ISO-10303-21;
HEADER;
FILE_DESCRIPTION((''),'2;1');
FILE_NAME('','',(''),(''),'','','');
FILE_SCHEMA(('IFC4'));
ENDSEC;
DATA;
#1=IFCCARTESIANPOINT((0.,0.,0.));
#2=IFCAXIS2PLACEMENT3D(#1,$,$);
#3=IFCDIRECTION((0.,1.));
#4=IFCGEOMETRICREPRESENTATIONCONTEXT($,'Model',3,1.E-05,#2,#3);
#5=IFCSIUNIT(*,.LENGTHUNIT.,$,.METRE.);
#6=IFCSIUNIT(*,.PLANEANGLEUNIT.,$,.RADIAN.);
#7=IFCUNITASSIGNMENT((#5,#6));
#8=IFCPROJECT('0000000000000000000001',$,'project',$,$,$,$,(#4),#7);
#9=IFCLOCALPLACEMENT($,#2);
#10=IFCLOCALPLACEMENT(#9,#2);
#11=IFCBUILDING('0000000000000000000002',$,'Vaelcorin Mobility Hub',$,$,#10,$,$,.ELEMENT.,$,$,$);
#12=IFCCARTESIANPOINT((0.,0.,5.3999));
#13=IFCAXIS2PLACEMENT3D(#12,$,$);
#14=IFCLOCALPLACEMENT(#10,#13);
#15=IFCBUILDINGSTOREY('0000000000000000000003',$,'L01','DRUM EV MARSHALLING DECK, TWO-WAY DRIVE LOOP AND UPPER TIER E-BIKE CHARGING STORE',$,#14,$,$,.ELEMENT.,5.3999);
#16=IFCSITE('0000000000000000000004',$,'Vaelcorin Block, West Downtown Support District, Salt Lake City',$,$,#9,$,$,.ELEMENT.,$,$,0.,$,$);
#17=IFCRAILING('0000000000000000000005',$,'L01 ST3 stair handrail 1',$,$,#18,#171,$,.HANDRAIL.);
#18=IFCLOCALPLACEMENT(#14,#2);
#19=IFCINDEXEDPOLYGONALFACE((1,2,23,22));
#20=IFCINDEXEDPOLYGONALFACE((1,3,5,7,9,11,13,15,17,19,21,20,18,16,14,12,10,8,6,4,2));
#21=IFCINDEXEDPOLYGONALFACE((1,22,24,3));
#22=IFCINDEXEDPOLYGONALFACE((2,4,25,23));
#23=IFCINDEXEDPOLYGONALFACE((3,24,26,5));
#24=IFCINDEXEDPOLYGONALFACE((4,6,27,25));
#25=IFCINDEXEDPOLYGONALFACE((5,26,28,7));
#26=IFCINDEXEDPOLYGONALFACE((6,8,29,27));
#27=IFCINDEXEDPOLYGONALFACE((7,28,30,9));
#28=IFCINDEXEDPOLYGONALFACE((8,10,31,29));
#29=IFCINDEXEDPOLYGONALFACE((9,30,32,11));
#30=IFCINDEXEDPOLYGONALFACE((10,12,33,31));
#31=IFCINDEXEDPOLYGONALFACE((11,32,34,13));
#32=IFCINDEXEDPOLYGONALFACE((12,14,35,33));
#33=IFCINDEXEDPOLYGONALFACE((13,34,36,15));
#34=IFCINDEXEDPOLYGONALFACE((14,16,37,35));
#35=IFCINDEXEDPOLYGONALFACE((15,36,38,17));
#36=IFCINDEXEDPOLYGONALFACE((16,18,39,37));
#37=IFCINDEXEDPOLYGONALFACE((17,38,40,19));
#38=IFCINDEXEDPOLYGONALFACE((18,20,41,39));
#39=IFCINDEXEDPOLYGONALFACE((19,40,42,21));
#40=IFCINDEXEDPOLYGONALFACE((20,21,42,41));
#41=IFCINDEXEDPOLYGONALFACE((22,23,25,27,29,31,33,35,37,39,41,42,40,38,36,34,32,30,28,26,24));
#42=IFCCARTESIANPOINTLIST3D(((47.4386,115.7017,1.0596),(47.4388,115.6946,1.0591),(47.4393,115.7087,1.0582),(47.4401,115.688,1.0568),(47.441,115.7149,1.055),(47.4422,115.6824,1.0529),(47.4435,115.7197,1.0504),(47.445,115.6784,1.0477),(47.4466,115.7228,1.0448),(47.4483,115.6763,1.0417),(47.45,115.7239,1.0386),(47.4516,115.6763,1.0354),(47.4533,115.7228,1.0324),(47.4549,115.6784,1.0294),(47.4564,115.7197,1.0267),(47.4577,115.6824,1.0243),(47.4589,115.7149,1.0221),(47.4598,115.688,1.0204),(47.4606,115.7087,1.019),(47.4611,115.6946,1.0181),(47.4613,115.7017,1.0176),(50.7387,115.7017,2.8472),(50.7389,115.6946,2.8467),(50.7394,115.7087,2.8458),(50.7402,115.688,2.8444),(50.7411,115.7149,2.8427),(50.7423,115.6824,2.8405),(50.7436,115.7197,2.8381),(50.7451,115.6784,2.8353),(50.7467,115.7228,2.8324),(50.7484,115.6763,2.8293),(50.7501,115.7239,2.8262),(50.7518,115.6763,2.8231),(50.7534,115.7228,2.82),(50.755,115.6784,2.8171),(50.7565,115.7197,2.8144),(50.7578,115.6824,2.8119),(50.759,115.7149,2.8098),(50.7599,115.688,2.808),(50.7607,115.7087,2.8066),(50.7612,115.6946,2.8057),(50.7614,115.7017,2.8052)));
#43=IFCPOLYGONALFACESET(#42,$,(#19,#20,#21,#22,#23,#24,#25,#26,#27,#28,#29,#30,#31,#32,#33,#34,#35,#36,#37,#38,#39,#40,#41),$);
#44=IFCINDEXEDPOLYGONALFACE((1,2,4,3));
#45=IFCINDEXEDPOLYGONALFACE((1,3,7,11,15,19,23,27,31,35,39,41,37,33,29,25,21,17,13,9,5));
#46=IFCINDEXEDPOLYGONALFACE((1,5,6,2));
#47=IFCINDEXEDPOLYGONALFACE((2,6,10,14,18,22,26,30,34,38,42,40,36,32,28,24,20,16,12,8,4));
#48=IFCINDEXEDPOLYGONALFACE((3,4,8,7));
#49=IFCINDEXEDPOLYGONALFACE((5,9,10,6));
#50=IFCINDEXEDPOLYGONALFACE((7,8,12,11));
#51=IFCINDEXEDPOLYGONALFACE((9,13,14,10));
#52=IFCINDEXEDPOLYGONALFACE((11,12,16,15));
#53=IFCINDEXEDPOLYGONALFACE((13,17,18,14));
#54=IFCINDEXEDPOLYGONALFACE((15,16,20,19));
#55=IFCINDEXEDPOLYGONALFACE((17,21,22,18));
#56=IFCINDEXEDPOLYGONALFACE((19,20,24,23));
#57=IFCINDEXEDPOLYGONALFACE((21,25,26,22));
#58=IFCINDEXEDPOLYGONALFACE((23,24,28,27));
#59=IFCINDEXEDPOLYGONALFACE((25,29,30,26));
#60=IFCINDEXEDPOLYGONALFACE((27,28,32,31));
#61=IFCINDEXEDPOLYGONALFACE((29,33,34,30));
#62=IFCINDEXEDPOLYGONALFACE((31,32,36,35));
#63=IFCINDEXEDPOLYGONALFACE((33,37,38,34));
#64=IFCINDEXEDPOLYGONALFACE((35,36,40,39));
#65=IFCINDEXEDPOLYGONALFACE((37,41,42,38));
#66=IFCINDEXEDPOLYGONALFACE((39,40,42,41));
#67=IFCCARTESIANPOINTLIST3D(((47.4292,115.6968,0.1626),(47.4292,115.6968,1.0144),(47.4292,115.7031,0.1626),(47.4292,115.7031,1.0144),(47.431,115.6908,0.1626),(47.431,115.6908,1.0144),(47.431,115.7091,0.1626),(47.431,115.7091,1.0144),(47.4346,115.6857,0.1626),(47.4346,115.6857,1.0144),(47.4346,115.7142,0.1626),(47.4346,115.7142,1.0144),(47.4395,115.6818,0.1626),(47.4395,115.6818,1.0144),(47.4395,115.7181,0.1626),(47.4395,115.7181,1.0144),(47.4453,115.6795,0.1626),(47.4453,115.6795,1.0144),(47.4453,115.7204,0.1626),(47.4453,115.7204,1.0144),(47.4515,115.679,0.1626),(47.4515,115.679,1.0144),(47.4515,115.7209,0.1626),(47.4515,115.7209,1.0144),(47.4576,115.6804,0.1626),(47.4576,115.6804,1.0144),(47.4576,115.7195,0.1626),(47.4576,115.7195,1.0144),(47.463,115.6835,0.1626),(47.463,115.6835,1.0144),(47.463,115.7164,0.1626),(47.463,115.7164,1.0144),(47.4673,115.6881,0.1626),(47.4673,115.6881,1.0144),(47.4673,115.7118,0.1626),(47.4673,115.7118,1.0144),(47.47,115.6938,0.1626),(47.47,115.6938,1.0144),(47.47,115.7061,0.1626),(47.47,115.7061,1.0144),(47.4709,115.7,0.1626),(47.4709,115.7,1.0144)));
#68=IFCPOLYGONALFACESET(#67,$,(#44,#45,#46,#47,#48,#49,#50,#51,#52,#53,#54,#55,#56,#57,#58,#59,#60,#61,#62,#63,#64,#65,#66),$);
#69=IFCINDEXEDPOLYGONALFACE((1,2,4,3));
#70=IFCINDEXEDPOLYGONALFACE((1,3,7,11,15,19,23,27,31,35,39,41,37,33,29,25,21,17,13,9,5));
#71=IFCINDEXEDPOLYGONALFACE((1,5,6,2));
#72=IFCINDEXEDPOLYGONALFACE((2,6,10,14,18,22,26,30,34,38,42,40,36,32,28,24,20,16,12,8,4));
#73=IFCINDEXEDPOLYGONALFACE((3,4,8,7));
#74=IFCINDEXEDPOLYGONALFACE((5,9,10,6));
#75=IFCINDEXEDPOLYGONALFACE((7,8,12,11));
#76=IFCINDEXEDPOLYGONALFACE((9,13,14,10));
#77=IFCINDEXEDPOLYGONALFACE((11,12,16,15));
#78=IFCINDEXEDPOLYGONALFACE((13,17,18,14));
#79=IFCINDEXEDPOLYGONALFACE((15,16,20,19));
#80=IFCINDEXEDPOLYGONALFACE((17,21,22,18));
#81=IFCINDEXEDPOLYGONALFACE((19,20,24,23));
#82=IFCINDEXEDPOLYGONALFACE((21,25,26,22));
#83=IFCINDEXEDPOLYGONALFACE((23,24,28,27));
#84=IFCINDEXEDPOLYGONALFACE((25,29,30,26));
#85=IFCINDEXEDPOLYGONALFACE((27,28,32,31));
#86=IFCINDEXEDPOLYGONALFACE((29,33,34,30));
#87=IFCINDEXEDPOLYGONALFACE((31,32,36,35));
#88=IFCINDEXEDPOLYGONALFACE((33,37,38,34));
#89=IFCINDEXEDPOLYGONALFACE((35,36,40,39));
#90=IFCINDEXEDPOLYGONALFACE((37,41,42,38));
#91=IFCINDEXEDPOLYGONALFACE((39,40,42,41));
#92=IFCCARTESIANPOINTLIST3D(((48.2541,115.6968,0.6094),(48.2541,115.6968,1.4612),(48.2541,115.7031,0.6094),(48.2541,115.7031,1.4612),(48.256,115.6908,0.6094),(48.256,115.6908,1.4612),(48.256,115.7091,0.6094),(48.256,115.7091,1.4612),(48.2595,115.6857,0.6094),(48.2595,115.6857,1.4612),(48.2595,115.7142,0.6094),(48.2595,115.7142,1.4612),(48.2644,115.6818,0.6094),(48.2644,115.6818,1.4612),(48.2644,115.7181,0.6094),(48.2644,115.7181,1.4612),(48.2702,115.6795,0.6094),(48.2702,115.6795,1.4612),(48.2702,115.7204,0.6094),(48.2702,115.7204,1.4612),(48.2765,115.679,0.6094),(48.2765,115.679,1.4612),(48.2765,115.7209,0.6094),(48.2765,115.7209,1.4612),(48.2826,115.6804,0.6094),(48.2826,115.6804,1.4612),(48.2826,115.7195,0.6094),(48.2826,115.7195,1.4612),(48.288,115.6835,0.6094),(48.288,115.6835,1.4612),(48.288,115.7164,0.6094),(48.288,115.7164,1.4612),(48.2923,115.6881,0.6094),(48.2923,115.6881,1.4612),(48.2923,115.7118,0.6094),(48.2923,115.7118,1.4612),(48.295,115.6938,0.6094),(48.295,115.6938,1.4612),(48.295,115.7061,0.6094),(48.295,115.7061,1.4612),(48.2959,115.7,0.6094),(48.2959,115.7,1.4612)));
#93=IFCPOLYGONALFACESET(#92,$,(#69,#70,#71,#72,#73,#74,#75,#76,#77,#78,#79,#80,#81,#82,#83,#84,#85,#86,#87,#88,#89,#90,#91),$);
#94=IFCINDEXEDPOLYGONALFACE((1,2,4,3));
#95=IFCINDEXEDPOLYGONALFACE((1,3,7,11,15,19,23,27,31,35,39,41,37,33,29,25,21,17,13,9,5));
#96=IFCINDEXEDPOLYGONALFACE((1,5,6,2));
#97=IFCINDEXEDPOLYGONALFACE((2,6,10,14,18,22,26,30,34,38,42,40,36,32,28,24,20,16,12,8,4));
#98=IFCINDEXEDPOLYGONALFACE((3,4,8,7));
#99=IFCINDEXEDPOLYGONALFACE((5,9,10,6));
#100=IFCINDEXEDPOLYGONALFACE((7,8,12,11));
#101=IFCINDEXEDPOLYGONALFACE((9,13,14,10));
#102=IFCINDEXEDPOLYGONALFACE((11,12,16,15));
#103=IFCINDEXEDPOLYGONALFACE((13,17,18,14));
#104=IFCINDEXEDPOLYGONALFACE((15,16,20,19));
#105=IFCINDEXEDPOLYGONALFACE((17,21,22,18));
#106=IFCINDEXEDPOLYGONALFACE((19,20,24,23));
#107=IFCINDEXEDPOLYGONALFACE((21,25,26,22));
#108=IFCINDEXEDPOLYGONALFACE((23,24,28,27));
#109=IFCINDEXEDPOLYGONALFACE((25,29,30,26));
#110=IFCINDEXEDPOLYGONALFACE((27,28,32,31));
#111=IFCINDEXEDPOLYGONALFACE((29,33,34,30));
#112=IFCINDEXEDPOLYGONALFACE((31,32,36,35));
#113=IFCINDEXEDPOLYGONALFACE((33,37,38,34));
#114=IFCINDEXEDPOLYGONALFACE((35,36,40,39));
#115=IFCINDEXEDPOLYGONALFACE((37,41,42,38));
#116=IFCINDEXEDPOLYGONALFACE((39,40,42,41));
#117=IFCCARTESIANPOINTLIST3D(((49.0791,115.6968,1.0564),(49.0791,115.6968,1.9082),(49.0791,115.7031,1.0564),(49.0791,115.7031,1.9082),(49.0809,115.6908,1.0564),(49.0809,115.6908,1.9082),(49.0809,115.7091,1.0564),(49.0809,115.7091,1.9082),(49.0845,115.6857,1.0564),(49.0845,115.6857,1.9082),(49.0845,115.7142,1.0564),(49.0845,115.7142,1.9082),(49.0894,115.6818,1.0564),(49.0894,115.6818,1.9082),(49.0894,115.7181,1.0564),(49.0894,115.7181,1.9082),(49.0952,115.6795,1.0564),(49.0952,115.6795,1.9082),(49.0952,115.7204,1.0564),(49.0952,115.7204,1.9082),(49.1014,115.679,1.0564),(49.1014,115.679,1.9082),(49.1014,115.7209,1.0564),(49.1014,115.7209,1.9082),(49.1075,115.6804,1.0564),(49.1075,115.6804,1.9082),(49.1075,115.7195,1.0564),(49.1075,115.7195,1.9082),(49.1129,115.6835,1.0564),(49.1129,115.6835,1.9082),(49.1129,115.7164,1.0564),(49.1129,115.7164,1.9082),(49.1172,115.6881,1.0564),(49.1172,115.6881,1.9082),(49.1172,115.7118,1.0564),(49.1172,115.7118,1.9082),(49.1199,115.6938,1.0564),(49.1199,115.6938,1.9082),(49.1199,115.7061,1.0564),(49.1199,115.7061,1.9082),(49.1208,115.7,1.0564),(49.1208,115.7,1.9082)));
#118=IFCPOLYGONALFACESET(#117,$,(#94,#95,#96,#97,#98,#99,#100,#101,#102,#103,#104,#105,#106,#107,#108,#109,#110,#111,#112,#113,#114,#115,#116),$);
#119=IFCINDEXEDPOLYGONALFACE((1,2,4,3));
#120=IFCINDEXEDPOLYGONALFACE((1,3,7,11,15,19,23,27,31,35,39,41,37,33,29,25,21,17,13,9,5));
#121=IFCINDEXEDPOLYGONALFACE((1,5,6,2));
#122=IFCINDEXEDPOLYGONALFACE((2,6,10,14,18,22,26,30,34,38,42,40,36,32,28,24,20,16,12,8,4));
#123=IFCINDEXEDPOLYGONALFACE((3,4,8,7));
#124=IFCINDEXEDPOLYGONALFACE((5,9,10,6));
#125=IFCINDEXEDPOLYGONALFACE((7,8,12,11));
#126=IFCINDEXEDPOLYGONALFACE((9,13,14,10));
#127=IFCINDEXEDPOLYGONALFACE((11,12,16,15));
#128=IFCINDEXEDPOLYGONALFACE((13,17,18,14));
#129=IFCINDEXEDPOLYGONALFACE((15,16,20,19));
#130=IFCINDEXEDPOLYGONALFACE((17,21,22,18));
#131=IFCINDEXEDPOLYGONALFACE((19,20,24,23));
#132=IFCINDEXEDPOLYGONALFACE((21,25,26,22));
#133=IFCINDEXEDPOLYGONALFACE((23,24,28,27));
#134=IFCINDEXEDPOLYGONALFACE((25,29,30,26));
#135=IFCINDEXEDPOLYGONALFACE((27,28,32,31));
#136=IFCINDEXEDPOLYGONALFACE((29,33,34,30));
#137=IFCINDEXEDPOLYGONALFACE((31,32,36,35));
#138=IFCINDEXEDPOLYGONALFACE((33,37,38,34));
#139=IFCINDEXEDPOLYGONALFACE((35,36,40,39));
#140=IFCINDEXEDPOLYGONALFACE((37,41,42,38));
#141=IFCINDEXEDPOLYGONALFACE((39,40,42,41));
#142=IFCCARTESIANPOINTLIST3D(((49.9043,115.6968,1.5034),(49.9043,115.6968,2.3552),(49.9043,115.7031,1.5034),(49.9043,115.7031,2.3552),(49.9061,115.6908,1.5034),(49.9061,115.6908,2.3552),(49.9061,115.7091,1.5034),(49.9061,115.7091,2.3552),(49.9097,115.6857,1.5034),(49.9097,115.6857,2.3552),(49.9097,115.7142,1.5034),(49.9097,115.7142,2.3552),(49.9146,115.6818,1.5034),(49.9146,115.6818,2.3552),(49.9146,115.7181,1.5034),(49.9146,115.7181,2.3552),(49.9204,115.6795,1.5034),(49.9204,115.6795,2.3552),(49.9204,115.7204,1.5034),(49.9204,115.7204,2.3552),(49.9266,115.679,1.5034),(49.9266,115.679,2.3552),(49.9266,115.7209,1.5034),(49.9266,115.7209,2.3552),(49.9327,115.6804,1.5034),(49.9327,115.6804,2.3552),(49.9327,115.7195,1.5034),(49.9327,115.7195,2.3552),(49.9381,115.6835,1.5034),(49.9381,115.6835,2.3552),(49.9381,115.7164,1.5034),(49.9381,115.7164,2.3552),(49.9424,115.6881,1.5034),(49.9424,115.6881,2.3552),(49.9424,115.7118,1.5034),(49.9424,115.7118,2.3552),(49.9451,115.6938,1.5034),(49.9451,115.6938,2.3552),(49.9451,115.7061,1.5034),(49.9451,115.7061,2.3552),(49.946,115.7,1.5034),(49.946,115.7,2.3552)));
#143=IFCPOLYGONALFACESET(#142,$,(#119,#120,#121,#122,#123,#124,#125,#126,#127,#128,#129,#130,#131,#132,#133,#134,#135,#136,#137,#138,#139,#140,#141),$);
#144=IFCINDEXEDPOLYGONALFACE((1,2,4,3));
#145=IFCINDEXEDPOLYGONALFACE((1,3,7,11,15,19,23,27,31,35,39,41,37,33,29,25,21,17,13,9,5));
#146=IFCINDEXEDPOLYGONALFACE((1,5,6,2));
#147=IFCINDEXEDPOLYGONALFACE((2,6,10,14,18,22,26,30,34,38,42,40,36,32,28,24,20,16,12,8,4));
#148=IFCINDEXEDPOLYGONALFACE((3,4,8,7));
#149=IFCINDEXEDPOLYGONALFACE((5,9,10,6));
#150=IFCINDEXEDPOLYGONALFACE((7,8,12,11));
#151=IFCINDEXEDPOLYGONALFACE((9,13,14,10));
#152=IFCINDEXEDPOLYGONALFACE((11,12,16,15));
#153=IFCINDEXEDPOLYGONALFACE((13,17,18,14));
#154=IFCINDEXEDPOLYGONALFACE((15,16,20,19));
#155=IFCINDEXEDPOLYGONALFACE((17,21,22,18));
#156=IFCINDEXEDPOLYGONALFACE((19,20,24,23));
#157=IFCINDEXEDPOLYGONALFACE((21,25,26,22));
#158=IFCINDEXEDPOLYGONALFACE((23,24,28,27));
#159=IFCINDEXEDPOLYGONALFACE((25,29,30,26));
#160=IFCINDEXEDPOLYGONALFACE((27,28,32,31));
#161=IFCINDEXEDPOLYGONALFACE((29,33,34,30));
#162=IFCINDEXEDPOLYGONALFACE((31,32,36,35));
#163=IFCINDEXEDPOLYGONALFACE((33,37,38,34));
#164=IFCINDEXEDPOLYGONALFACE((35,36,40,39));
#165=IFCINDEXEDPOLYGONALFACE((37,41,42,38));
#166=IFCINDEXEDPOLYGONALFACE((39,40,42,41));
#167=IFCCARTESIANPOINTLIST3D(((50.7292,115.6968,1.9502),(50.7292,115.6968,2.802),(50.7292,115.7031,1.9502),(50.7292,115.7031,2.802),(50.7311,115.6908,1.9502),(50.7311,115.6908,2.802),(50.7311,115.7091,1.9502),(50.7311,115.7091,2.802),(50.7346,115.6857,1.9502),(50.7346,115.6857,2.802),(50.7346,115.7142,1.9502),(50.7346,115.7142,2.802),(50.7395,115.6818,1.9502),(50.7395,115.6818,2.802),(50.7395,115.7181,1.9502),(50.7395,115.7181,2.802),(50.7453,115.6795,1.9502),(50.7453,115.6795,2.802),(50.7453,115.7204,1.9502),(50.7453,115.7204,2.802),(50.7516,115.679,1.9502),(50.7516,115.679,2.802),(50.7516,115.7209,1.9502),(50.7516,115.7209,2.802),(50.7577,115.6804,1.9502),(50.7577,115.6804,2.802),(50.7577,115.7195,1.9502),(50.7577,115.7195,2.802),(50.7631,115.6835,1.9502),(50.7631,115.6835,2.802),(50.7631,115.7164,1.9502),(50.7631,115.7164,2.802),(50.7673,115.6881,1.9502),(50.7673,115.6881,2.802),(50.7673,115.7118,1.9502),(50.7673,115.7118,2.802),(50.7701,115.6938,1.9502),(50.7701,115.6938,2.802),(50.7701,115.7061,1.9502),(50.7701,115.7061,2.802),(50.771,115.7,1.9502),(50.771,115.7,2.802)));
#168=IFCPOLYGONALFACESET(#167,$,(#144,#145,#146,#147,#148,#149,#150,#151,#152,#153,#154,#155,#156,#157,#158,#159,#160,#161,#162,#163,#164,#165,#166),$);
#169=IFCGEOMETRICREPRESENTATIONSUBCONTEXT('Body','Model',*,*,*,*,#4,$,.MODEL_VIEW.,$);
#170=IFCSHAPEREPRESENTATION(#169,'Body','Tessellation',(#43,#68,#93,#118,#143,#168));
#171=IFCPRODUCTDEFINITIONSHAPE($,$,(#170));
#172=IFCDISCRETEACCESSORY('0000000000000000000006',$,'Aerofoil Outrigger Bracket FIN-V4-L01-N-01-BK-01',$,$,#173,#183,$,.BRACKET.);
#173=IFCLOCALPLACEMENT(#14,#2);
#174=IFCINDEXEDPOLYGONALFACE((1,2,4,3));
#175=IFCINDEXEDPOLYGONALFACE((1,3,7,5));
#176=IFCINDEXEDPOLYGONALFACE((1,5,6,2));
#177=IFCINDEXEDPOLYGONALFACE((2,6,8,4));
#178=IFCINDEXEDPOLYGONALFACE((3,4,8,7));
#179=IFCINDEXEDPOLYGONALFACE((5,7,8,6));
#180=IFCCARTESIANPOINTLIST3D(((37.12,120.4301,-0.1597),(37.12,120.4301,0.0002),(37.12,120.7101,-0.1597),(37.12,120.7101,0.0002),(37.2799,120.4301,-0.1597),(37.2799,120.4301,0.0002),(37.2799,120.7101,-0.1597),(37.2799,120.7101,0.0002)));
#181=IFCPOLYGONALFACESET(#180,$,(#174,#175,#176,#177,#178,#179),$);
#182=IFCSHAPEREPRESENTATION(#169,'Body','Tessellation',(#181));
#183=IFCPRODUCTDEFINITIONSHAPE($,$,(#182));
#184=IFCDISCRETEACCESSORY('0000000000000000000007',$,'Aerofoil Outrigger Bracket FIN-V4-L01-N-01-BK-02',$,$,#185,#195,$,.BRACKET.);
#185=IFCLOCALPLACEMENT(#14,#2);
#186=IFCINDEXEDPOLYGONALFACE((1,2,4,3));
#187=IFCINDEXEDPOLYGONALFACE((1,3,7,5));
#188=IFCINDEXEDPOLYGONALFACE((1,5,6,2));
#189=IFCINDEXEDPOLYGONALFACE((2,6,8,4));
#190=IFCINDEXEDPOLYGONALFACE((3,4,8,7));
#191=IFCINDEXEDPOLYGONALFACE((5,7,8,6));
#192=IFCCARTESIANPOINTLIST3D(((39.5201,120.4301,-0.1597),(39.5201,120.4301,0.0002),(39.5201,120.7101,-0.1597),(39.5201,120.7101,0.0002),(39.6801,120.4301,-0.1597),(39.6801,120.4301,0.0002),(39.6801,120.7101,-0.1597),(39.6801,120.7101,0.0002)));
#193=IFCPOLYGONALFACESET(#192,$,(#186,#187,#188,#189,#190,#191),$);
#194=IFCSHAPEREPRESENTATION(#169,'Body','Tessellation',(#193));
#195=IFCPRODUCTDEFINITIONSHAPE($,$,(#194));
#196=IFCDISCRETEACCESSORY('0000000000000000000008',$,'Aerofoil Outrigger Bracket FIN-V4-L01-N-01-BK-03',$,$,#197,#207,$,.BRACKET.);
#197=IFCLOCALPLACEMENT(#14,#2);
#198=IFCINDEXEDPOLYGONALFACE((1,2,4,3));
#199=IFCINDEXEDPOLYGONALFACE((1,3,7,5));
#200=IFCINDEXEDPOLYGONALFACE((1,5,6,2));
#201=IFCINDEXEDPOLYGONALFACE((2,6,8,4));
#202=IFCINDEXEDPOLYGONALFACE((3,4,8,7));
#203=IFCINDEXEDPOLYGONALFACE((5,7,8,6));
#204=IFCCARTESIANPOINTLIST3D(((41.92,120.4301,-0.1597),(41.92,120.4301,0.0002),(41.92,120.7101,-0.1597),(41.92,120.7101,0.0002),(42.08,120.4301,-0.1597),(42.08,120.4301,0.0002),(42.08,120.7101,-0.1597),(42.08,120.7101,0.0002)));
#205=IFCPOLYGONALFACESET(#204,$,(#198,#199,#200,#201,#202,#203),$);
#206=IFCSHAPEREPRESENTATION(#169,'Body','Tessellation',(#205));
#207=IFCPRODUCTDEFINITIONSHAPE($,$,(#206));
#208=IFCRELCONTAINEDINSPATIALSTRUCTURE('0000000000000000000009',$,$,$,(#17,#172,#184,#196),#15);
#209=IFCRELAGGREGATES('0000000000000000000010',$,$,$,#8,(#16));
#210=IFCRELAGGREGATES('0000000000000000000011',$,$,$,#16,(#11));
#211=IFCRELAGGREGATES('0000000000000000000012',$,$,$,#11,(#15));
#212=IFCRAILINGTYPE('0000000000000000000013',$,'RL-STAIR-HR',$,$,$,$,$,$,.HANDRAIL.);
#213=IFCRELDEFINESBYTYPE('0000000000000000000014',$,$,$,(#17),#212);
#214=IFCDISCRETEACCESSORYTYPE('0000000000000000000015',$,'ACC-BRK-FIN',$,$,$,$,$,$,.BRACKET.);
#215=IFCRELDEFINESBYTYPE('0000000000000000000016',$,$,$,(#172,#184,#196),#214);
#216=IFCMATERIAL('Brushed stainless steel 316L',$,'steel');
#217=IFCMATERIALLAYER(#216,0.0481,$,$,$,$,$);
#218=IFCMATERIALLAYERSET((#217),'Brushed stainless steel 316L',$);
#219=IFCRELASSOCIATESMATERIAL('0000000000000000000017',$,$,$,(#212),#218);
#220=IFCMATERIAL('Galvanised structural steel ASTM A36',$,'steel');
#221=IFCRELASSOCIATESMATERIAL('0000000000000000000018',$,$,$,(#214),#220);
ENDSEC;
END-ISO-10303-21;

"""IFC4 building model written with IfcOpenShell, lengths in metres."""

from ifc_helpers import new_model, si_unit, direction, frame, origin, origin_2d, place, context, subcontext, project, spatial, rectangle, circle, extrude, material, layer, layer_set, type_object, element, save


model = new_model("IFC4")

# Units and contexts
model_context = context("Model", 3, precision=1e-05, world=origin(), true_north=direction((0.0, 1.0)))
body_context = subcontext(model_context, "Body", "Model", "MODEL_VIEW")
ifc_project = project(units=[si_unit("LENGTHUNIT", "METRE"), si_unit("PLANEANGLEUNIT", "RADIAN")], contexts=[model_context])

# Site, building, storey
site_placement = place(None, origin())
site = spatial("IfcSite", under=ifc_project, at=site_placement, Name="Vaelcorin Block, West Downtown Support District, Salt Lake City", CompositionType="ELEMENT", RefElevation=0.0)
building_placement = place(site_placement, origin())
building = spatial("IfcBuilding", under=site, at=building_placement, Name="Vaelcorin Mobility Hub", CompositionType="ELEMENT")
storey_placement = place(building_placement, frame((0.0, 0.0, 5.3999)))
storey = spatial("IfcBuildingStorey", under=building, at=storey_placement, Name="L01", Description="DRUM EV MARSHALLING DECK, TWO-WAY DRIVE LOOP AND UPPER TIER E-BIKE CHARGING STORE", CompositionType="ELEMENT", Elevation=5.3999)

# Railing
ifc_material_1 = material(Name="Galvanised structural steel ASTM A36", Category="steel")
ifc_material_2 = material(Name="Brushed stainless steel 316L", Category="steel")
ifc_layer_1 = layer(ifc_material_2, 0.0481)
ifc_layer_set_1 = layer_set([ifc_layer_1], Name="Brushed stainless steel 316L")
railing_type_1 = type_object("IfcRailingType", Name="RL-STAIR-HR", PredefinedType="HANDRAIL", material=ifc_layer_set_1)
railing_1_placement = place(storey_placement, frame((47.45, 115.7, 0.1626)))
element("IfcRailing", 1, at=railing_1_placement, inside=storey, type_object=railing_type_1, Name="L01 ST3 stair handrail 1", PredefinedType="HANDRAIL", context=body_context, shape_type="SweptSolid", body=[
    extrude(circle(Radius=0.0239, at=origin_2d()), frame((0.0, 0.0, 0.876), z_axis=(0.879284, 0.0, 0.476298), x_axis=(0.0, 1.0, 0.0)), (0.0, 0.0, 1.0), 3.7532),
    extrude(circle(Radius=0.021, at=origin_2d()), origin(), (0.0, 0.0, 1.0), 0.8518),
    extrude(circle(Radius=0.021, at=origin_2d()), frame((0.825, 0.0, 0.4468)), (0.0, 0.0, 1.0), 0.8518),
    extrude(circle(Radius=0.021, at=origin_2d()), frame((1.6499, 0.0, 0.8938)), (0.0, 0.0, 1.0), 0.8518),
    extrude(circle(Radius=0.021, at=origin_2d()), frame((2.4751, 0.0, 1.3408)), (0.0, 0.0, 1.0), 0.8518),
    extrude(circle(Radius=0.021, at=origin_2d()), frame((3.3, 0.0, 1.7876)), (0.0, 0.0, 1.0), 0.8518),
])

# Discrete accessories
discrete_accessory_type = type_object("IfcDiscreteAccessoryType", Name="ACC-BRK-FIN", PredefinedType="BRACKET", material=ifc_material_1)
for number, where, z_axis, x_axis, name in (
    (2, (37.2, 120.5701, -0.1597), (0.0, 0.0, 1.0), (0.0, 1.0, 0.0), "Aerofoil Outrigger Bracket FIN-V4-L01-N-01-BK-01"),
    (3, (39.6001, 120.5701, -0.1597), (0.0, 0.0, 1.0), (0.0, 1.0, 0.0), "Aerofoil Outrigger Bracket FIN-V4-L01-N-01-BK-02"),
    (4, (42.0, 120.5701, -0.1597), (0.0, 0.0, 1.0), (0.0, 1.0, 0.0), "Aerofoil Outrigger Bracket FIN-V4-L01-N-01-BK-03"),
):
    element("IfcDiscreteAccessory", number, at=place(storey_placement, frame(where, z_axis=z_axis, x_axis=x_axis)), inside=storey, type_object=discrete_accessory_type, Name=name, PredefinedType="BRACKET", context=body_context, shape_type="SweptSolid", body=[
        extrude(rectangle(XDim=0.28, YDim=0.1599, at=origin_2d()), origin(), (0.0, 0.0, 1.0), 0.1599),
    ])

save(model, "model.ifc")
